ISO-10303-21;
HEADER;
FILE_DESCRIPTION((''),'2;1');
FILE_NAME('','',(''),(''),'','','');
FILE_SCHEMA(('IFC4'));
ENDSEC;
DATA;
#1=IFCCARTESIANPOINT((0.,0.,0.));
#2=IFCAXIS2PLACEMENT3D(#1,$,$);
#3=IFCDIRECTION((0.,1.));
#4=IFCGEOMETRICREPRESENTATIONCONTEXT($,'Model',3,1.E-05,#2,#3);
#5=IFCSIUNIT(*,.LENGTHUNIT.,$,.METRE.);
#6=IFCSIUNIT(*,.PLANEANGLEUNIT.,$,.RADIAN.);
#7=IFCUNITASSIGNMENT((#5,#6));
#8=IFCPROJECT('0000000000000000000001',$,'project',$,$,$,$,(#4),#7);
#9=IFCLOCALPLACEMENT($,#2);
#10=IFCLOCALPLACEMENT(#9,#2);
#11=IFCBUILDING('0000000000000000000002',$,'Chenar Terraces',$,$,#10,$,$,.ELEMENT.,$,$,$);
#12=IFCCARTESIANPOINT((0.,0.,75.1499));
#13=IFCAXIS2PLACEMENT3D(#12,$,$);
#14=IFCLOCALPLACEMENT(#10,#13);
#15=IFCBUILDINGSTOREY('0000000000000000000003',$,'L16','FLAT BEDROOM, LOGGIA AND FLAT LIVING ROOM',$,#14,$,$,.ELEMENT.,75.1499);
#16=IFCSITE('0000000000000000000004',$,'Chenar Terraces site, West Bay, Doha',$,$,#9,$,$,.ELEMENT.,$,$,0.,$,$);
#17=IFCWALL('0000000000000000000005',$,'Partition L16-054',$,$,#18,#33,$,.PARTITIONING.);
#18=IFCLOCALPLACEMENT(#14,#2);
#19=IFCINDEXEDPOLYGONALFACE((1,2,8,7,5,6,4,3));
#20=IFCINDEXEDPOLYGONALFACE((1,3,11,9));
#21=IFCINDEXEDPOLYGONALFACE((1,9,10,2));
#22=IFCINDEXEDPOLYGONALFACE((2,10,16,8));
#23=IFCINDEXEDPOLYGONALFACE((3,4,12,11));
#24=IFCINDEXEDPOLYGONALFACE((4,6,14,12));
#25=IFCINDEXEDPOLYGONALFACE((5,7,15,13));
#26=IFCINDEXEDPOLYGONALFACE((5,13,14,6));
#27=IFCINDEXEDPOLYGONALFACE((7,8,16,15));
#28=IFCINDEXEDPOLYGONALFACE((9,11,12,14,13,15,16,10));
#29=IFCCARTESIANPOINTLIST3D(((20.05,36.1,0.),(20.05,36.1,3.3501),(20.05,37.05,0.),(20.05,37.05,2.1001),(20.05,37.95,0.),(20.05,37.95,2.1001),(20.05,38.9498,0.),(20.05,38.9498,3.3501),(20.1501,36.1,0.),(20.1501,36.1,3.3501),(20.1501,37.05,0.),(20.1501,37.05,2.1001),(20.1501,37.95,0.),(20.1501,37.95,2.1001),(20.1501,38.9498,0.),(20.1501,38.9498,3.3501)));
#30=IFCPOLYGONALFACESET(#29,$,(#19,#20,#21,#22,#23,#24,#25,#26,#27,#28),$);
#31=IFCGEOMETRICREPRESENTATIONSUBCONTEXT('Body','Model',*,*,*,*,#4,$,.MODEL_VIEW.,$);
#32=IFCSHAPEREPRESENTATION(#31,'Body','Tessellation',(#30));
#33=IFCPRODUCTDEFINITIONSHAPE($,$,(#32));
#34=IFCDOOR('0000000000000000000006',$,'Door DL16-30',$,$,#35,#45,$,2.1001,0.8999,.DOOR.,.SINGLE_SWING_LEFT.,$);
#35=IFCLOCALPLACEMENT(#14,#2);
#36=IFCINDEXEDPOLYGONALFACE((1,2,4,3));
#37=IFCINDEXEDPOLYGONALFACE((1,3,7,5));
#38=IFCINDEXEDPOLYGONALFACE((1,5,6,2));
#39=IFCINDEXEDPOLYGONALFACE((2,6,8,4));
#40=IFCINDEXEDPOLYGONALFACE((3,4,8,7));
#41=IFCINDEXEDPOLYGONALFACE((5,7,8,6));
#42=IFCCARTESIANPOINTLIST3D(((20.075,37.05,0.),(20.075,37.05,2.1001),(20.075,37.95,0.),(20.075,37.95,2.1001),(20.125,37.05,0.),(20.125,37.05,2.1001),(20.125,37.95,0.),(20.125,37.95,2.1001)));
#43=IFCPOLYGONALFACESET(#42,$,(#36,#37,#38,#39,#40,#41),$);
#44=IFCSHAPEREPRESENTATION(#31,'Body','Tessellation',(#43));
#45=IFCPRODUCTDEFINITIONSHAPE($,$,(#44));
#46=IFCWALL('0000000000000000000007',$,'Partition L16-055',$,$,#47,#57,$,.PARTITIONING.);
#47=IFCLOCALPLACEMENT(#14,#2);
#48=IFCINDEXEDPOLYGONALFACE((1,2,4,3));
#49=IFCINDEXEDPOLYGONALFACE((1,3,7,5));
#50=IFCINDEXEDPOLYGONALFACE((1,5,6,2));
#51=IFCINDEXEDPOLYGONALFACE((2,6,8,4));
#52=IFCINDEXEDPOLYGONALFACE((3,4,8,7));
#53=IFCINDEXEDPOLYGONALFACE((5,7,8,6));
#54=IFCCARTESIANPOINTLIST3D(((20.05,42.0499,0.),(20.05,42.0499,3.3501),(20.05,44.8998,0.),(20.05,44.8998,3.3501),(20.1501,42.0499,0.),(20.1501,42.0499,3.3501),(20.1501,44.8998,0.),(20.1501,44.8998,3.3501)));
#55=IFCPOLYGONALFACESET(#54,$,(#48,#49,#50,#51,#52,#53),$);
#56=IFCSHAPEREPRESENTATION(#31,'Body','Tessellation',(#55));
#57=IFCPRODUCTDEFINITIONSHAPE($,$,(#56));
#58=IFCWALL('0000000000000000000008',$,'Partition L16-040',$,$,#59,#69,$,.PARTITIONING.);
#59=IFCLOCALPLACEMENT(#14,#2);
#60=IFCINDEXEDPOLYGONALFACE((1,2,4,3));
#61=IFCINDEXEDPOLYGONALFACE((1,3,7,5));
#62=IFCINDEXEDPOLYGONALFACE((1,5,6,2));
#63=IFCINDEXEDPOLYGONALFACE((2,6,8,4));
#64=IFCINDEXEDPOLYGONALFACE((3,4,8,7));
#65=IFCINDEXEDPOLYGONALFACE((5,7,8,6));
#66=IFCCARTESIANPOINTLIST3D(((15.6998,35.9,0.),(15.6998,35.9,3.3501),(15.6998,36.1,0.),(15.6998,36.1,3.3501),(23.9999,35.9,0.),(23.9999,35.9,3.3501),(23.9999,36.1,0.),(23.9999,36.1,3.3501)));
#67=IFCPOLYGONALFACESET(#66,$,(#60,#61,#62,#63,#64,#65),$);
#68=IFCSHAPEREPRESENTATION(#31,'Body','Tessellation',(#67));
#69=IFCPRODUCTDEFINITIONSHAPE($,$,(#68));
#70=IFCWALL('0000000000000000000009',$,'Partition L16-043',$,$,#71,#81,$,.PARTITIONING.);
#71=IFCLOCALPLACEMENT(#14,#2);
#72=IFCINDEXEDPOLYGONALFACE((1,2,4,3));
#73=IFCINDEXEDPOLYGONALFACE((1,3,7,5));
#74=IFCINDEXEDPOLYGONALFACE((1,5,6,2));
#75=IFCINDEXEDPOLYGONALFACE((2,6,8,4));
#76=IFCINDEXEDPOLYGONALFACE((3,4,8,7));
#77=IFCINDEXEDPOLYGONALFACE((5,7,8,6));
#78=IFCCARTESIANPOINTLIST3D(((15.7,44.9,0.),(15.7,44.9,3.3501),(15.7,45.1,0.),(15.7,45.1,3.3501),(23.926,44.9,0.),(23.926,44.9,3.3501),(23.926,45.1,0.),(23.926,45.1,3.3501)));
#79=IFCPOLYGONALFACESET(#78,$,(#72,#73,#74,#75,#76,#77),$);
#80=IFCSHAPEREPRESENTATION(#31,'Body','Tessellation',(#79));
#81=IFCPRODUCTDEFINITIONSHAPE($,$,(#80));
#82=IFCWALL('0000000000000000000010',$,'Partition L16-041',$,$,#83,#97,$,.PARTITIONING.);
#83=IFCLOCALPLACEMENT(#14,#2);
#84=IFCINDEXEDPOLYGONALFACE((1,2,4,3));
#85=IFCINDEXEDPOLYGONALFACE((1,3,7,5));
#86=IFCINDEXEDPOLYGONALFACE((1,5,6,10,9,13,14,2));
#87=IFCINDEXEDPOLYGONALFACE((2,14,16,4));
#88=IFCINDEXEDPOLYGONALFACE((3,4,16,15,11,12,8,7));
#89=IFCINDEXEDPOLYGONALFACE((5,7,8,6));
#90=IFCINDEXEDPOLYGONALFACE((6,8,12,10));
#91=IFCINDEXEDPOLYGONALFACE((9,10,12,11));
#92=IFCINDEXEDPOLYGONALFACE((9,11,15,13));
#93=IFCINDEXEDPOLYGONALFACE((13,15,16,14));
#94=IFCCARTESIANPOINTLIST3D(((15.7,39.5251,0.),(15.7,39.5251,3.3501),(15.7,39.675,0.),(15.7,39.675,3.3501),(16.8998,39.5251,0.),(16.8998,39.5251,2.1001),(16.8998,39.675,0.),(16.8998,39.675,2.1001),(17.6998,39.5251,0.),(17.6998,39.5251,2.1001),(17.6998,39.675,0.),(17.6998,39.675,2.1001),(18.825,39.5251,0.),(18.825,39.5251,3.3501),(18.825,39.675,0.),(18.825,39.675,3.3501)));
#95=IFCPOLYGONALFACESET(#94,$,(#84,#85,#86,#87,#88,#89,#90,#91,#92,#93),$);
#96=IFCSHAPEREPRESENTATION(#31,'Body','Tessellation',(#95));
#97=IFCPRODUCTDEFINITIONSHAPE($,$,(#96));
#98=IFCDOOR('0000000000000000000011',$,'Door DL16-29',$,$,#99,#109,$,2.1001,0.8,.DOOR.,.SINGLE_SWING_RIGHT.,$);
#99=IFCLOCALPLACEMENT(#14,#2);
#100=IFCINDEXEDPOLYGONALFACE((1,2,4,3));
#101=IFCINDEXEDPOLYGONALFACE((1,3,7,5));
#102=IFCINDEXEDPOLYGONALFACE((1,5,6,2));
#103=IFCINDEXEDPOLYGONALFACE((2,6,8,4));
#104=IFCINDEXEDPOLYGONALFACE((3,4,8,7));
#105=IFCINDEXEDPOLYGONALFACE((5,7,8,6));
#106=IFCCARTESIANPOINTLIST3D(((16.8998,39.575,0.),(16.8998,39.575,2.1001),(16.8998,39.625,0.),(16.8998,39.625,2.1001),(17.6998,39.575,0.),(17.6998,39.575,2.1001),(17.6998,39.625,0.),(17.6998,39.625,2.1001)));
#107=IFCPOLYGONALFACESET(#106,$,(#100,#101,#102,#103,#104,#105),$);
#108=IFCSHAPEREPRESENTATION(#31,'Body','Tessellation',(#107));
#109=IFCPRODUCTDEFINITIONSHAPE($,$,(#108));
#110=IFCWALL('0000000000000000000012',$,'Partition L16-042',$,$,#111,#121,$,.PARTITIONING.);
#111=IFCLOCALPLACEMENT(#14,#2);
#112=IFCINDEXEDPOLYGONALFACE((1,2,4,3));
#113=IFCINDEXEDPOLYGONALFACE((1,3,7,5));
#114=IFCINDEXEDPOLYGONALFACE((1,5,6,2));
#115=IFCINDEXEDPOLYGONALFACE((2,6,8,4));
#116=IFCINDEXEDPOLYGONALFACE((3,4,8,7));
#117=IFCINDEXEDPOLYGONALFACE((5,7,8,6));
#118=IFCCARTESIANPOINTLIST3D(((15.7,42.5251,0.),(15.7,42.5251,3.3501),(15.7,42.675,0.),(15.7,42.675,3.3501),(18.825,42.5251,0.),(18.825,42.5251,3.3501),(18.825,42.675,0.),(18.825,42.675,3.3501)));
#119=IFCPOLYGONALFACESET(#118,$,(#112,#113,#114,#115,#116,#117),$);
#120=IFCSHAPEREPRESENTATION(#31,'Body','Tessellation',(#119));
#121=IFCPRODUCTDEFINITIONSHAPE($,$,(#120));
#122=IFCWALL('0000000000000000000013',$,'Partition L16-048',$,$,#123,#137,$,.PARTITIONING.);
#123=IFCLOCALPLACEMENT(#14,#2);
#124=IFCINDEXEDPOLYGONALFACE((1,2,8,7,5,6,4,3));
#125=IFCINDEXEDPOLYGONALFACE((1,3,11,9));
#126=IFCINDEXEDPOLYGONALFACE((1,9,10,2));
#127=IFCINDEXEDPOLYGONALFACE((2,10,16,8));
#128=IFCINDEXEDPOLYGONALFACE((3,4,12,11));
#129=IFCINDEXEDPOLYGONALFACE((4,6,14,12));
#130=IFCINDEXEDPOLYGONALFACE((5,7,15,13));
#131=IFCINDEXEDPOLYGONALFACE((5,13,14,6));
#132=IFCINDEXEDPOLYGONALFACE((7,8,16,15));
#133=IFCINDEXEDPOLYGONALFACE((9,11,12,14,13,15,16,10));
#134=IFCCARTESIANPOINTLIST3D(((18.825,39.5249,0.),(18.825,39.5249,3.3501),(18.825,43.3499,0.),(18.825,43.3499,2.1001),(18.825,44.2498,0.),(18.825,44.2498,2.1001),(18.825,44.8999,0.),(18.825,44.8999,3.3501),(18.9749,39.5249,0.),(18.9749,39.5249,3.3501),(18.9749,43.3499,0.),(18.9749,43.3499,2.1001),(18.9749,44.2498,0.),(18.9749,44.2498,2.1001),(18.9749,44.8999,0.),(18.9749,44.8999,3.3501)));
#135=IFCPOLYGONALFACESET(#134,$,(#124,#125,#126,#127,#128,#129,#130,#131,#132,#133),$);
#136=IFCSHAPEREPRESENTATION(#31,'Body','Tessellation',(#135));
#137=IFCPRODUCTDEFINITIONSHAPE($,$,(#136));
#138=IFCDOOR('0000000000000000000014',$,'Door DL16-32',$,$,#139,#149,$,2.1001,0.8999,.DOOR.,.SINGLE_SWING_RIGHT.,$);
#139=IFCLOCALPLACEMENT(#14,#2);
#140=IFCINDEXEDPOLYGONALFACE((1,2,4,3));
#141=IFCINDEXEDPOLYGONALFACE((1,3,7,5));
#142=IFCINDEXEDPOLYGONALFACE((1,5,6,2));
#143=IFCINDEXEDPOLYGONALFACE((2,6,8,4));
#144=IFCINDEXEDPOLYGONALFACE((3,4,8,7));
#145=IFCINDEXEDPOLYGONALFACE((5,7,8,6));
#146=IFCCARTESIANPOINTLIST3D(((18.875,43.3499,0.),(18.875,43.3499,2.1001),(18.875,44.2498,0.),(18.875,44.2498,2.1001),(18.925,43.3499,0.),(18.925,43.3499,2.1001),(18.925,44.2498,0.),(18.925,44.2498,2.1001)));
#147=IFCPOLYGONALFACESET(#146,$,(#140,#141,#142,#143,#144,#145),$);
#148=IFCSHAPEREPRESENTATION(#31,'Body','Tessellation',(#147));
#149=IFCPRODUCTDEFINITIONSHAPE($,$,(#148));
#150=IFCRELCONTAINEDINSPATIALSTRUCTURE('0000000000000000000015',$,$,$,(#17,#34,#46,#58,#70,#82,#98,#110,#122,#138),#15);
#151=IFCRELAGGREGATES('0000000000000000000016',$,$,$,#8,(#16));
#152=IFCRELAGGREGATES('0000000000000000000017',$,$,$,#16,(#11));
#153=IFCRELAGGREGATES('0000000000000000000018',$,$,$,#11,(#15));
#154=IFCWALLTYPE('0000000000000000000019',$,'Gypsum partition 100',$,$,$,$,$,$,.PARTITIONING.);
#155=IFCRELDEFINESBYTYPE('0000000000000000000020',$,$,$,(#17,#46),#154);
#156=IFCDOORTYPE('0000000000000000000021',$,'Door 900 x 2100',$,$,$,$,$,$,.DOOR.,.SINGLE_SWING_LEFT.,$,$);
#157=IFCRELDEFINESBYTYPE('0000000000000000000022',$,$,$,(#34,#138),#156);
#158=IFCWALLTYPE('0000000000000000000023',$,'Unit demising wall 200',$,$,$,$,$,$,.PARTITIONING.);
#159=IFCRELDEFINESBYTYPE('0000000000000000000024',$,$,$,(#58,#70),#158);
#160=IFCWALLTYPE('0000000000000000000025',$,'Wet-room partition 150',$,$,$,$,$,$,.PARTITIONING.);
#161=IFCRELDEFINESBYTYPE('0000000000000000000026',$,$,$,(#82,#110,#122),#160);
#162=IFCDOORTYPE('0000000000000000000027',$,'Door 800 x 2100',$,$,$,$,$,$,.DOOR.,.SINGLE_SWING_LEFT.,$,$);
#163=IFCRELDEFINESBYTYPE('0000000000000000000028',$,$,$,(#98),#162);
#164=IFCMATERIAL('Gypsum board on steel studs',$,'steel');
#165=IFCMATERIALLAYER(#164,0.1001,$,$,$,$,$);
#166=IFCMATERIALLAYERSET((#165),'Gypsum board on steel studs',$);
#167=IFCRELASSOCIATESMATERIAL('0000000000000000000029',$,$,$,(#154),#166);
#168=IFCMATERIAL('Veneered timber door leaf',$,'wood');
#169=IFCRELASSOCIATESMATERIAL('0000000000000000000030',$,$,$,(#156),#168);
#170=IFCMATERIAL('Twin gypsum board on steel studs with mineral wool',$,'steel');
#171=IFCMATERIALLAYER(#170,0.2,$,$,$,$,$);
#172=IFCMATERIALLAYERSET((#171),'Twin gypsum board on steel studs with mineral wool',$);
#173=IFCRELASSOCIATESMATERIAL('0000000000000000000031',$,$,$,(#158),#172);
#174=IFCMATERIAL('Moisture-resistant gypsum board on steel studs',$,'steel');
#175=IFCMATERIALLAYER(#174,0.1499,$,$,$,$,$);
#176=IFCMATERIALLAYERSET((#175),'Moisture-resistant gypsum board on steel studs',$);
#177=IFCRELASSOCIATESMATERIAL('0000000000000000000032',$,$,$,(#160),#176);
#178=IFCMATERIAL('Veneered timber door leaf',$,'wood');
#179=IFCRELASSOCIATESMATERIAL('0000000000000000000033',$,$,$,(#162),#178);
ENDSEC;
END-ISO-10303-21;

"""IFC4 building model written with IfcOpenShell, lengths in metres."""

from ifc_helpers import new_model, si_unit, direction, frame, frame_2d, origin, place, context, subcontext, project, spatial, rectangle, extrude, material, layer, layer_set, type_object, element, fill, save


model = new_model("IFC4")

# Units and contexts
model_context = context("Model", 3, precision=1e-05, world=origin(), true_north=direction((0.0, 1.0)))
body_context = subcontext(model_context, "Body", "Model", "MODEL_VIEW")
ifc_project = project(units=[si_unit("LENGTHUNIT", "METRE"), si_unit("PLANEANGLEUNIT", "RADIAN")], contexts=[model_context])

# Site, building, storey
site_placement = place(None, origin())
site = spatial("IfcSite", under=ifc_project, at=site_placement, Name="Chenar Terraces site, West Bay, Doha", CompositionType="ELEMENT", RefElevation=0.0)
building_placement = place(site_placement, origin())
building = spatial("IfcBuilding", under=site, at=building_placement, Name="Chenar Terraces", CompositionType="ELEMENT")
storey_placement = place(building_placement, frame((0.0, 0.0, 75.1499)))
storey = spatial("IfcBuildingStorey", under=building, at=storey_placement, Name="L16", Description="FLAT BEDROOM, LOGGIA AND FLAT LIVING ROOM", CompositionType="ELEMENT", Elevation=75.1499)

# Shared definitions
ifc_material_1 = material(Name="Gypsum board on steel studs", Category="steel")
ifc_layer_1 = layer(ifc_material_1, 0.1001)
ifc_layer_set_1 = layer_set([ifc_layer_1], Name="Gypsum board on steel studs")
wall_type_1 = type_object("IfcWallType", Name="Gypsum partition 100", PredefinedType="PARTITIONING", material=ifc_layer_set_1)

# Wall, opening, door
ifc_material_2 = material(Name="Veneered timber door leaf", Category="wood")
door_type_1 = type_object("IfcDoorType", Name="Door 900 x 2100", OperationType="SINGLE_SWING_LEFT", PredefinedType="DOOR", material=ifc_material_2)
wall_1_placement = place(storey_placement, frame((20.1001, 36.1001, 0.0), z_axis=(0.0, 0.0, 1.0), x_axis=(0.0, 1.0, 0.0)))
wall_1 = element("IfcWall", 1, at=wall_1_placement, inside=storey, type_object=wall_type_1, Name="Partition L16-054", PredefinedType="PARTITIONING", context=body_context, shape_type="SweptSolid", body=[
    extrude(rectangle(XDim=2.8499, YDim=0.1001, at=frame_2d((1.4248, 0.0))), origin(), (0.0, 0.0, 1.0), 3.3501),
])
opening_1_placement = place(wall_1_placement, frame((0.95, 0.0, 0.0)))
opening_1 = element("IfcOpeningElement", 2, at=opening_1_placement, cuts=wall_1, PredefinedType="OPENING", context=body_context, shape_type="SweptSolid", body=[
    extrude(rectangle(XDim=0.8999, YDim=2.1001, at=frame_2d((0.45, 1.05))), frame((0.0, 0.0601, 0.0), z_axis=(0.0, -1.0, 0.0), x_axis=(1.0, 0.0, 0.0)), (0.0, 0.0, 1.0), 0.1201),
])
door_1_placement = place(opening_1_placement, frame((0.8999, 0.0, 0.0), z_axis=(0.0, 0.0, 1.0), x_axis=(-1.0, 0.0, 0.0)))
door_1 = element("IfcDoor", 3, at=door_1_placement, inside=storey, type_object=door_type_1, Name="Door DL16-30", OperationType="SINGLE_SWING_LEFT", OverallHeight=2.1001, OverallWidth=0.8999, PredefinedType="DOOR", context=body_context, shape_type="SweptSolid", body=[
    extrude(rectangle(XDim=0.8999, YDim=2.1001, at=frame_2d((0.45, 1.05))), frame((0.0, 0.0249, 0.0), z_axis=(0.0, -1.0, 0.0), x_axis=(1.0, 0.0, 0.0)), (0.0, 0.0, 1.0), 0.05),
])
fill(opening_1, door_1)

# Walls
wall_2_placement = place(storey_placement, frame((20.1001, 42.05, 0.0), z_axis=(0.0, 0.0, 1.0), x_axis=(0.0, 1.0, 0.0)))
element("IfcWall", 4, at=wall_2_placement, inside=storey, type_object=wall_type_1, Name="Partition L16-055", PredefinedType="PARTITIONING", context=body_context, shape_type="SweptSolid", body=[
    extrude(rectangle(XDim=2.8499, YDim=0.1001, at=frame_2d((1.4248, 0.0))), origin(), (0.0, 0.0, 1.0), 3.3501),
])
ifc_material_3 = material(Name="Twin gypsum board on steel studs with mineral wool", Category="steel")
ifc_layer_2 = layer(ifc_material_3, 0.2)
ifc_layer_set_2 = layer_set([ifc_layer_2], Name="Twin gypsum board on steel studs with mineral wool")
wall_type_2 = type_object("IfcWallType", Name="Unit demising wall 200", PredefinedType="PARTITIONING", material=ifc_layer_set_2)
wall_3_placement = place(storey_placement, frame((15.7, 36.0, 0.0), z_axis=(0.0, 0.0, 1.0), x_axis=(1.0, 0.0, 0.0)))
element("IfcWall", 5, at=wall_3_placement, inside=storey, type_object=wall_type_2, Name="Partition L16-040", PredefinedType="PARTITIONING", context=body_context, shape_type="SweptSolid", body=[
    extrude(rectangle(XDim=8.3, YDim=0.2, at=frame_2d((4.1499, 0.0))), origin(), (0.0, 0.0, 1.0), 3.3501),
])
wall_4_placement = place(storey_placement, frame((15.7, 45.0, 0.0), z_axis=(0.0, 0.0, 1.0), x_axis=(1.0, 0.0, 0.0)))
element("IfcWall", 6, at=wall_4_placement, inside=storey, type_object=wall_type_2, Name="Partition L16-043", PredefinedType="PARTITIONING", context=body_context, shape_type="SweptSolid", body=[
    extrude(rectangle(XDim=8.2261, YDim=0.2, at=frame_2d((4.113, 0.0))), origin(), (0.0, 0.0, 1.0), 3.3501),
])

# Wall, opening, door
ifc_material_4 = material(Name="Moisture-resistant gypsum board on steel studs", Category="steel")
ifc_layer_3 = layer(ifc_material_4, 0.1499)
ifc_layer_set_3 = layer_set([ifc_layer_3], Name="Moisture-resistant gypsum board on steel studs")
wall_type_3 = type_object("IfcWallType", Name="Wet-room partition 150", PredefinedType="PARTITIONING", material=ifc_layer_set_3)
wall_5_placement = place(storey_placement, frame((15.7, 39.6001, 0.0), z_axis=(0.0, 0.0, 1.0), x_axis=(1.0, 0.0, 0.0)))
wall_5 = element("IfcWall", 7, at=wall_5_placement, inside=storey, type_object=wall_type_3, Name="Partition L16-041", PredefinedType="PARTITIONING", context=body_context, shape_type="SweptSolid", body=[
    extrude(rectangle(XDim=3.125, YDim=0.1499, at=frame_2d((1.5625, 0.0))), origin(), (0.0, 0.0, 1.0), 3.3501),
])
opening_2_placement = place(wall_5_placement, frame((1.2, 0.0, 0.0)))
opening_2 = element("IfcOpeningElement", 8, at=opening_2_placement, cuts=wall_5, PredefinedType="OPENING", context=body_context, shape_type="SweptSolid", body=[
    extrude(rectangle(XDim=0.8, YDim=2.1001, at=frame_2d((0.3999, 1.05))), frame((0.0, 0.085, 0.0), z_axis=(0.0, -1.0, 0.0), x_axis=(1.0, 0.0, 0.0)), (0.0, 0.0, 1.0), 0.1699),
])
ifc_material_5 = material(Name="Veneered timber door leaf", Category="wood")
door_type_2 = type_object("IfcDoorType", Name="Door 800 x 2100", OperationType="SINGLE_SWING_LEFT", PredefinedType="DOOR", material=ifc_material_5)
door_2_placement = place(opening_2_placement, origin())
door_2 = element("IfcDoor", 9, at=door_2_placement, inside=storey, type_object=door_type_2, Name="Door DL16-29", OperationType="SINGLE_SWING_RIGHT", OverallHeight=2.1001, OverallWidth=0.8, PredefinedType="DOOR", context=body_context, shape_type="SweptSolid", body=[
    extrude(rectangle(XDim=0.8, YDim=2.1001, at=frame_2d((0.3999, 1.05))), frame((0.0, 0.0249, 0.0), z_axis=(0.0, -1.0, 0.0), x_axis=(1.0, 0.0, 0.0)), (0.0, 0.0, 1.0), 0.05),
])
fill(opening_2, door_2)

# Wall
wall_6_placement = place(storey_placement, frame((15.7, 42.6001, 0.0), z_axis=(0.0, 0.0, 1.0), x_axis=(1.0, 0.0, 0.0)))
element("IfcWall", 10, at=wall_6_placement, inside=storey, type_object=wall_type_3, Name="Partition L16-042", PredefinedType="PARTITIONING", context=body_context, shape_type="SweptSolid", body=[
    extrude(rectangle(XDim=3.125, YDim=0.1499, at=frame_2d((1.5625, 0.0))), origin(), (0.0, 0.0, 1.0), 3.3501),
])

# Wall, opening, door
wall_7_placement = place(storey_placement, frame((18.8999, 39.5249, 0.0), z_axis=(0.0, 0.0, 1.0), x_axis=(0.0, 1.0, 0.0)))
wall_7 = element("IfcWall", 11, at=wall_7_placement, inside=storey, type_object=wall_type_3, Name="Partition L16-048", PredefinedType="PARTITIONING", context=body_context, shape_type="SweptSolid", body=[
    extrude(rectangle(XDim=5.375, YDim=0.1499, at=frame_2d((2.6875, 0.0))), origin(), (0.0, 0.0, 1.0), 3.3501),
])
opening_3_placement = place(wall_7_placement, frame((3.825, 0.0, 0.0)))
opening_3 = element("IfcOpeningElement", 12, at=opening_3_placement, cuts=wall_7, PredefinedType="OPENING", context=body_context, shape_type="SweptSolid", body=[
    extrude(rectangle(XDim=0.8999, YDim=2.1001, at=frame_2d((0.45, 1.05))), frame((0.0, 0.085, 0.0), z_axis=(0.0, -1.0, 0.0), x_axis=(1.0, 0.0, 0.0)), (0.0, 0.0, 1.0), 0.1699),
])
door_3_placement = place(opening_3_placement, origin())
door_3 = element("IfcDoor", 13, at=door_3_placement, inside=storey, type_object=door_type_1, Name="Door DL16-32", OperationType="SINGLE_SWING_RIGHT", OverallHeight=2.1001, OverallWidth=0.8999, PredefinedType="DOOR", context=body_context, shape_type="SweptSolid", body=[
    extrude(rectangle(XDim=0.8999, YDim=2.1001, at=frame_2d((0.45, 1.05))), frame((0.0, 0.0249, 0.0), z_axis=(0.0, -1.0, 0.0), x_axis=(1.0, 0.0, 0.0)), (0.0, 0.0, 1.0), 0.05),
])
fill(opening_3, door_3)

save(model, "model.ifc")
